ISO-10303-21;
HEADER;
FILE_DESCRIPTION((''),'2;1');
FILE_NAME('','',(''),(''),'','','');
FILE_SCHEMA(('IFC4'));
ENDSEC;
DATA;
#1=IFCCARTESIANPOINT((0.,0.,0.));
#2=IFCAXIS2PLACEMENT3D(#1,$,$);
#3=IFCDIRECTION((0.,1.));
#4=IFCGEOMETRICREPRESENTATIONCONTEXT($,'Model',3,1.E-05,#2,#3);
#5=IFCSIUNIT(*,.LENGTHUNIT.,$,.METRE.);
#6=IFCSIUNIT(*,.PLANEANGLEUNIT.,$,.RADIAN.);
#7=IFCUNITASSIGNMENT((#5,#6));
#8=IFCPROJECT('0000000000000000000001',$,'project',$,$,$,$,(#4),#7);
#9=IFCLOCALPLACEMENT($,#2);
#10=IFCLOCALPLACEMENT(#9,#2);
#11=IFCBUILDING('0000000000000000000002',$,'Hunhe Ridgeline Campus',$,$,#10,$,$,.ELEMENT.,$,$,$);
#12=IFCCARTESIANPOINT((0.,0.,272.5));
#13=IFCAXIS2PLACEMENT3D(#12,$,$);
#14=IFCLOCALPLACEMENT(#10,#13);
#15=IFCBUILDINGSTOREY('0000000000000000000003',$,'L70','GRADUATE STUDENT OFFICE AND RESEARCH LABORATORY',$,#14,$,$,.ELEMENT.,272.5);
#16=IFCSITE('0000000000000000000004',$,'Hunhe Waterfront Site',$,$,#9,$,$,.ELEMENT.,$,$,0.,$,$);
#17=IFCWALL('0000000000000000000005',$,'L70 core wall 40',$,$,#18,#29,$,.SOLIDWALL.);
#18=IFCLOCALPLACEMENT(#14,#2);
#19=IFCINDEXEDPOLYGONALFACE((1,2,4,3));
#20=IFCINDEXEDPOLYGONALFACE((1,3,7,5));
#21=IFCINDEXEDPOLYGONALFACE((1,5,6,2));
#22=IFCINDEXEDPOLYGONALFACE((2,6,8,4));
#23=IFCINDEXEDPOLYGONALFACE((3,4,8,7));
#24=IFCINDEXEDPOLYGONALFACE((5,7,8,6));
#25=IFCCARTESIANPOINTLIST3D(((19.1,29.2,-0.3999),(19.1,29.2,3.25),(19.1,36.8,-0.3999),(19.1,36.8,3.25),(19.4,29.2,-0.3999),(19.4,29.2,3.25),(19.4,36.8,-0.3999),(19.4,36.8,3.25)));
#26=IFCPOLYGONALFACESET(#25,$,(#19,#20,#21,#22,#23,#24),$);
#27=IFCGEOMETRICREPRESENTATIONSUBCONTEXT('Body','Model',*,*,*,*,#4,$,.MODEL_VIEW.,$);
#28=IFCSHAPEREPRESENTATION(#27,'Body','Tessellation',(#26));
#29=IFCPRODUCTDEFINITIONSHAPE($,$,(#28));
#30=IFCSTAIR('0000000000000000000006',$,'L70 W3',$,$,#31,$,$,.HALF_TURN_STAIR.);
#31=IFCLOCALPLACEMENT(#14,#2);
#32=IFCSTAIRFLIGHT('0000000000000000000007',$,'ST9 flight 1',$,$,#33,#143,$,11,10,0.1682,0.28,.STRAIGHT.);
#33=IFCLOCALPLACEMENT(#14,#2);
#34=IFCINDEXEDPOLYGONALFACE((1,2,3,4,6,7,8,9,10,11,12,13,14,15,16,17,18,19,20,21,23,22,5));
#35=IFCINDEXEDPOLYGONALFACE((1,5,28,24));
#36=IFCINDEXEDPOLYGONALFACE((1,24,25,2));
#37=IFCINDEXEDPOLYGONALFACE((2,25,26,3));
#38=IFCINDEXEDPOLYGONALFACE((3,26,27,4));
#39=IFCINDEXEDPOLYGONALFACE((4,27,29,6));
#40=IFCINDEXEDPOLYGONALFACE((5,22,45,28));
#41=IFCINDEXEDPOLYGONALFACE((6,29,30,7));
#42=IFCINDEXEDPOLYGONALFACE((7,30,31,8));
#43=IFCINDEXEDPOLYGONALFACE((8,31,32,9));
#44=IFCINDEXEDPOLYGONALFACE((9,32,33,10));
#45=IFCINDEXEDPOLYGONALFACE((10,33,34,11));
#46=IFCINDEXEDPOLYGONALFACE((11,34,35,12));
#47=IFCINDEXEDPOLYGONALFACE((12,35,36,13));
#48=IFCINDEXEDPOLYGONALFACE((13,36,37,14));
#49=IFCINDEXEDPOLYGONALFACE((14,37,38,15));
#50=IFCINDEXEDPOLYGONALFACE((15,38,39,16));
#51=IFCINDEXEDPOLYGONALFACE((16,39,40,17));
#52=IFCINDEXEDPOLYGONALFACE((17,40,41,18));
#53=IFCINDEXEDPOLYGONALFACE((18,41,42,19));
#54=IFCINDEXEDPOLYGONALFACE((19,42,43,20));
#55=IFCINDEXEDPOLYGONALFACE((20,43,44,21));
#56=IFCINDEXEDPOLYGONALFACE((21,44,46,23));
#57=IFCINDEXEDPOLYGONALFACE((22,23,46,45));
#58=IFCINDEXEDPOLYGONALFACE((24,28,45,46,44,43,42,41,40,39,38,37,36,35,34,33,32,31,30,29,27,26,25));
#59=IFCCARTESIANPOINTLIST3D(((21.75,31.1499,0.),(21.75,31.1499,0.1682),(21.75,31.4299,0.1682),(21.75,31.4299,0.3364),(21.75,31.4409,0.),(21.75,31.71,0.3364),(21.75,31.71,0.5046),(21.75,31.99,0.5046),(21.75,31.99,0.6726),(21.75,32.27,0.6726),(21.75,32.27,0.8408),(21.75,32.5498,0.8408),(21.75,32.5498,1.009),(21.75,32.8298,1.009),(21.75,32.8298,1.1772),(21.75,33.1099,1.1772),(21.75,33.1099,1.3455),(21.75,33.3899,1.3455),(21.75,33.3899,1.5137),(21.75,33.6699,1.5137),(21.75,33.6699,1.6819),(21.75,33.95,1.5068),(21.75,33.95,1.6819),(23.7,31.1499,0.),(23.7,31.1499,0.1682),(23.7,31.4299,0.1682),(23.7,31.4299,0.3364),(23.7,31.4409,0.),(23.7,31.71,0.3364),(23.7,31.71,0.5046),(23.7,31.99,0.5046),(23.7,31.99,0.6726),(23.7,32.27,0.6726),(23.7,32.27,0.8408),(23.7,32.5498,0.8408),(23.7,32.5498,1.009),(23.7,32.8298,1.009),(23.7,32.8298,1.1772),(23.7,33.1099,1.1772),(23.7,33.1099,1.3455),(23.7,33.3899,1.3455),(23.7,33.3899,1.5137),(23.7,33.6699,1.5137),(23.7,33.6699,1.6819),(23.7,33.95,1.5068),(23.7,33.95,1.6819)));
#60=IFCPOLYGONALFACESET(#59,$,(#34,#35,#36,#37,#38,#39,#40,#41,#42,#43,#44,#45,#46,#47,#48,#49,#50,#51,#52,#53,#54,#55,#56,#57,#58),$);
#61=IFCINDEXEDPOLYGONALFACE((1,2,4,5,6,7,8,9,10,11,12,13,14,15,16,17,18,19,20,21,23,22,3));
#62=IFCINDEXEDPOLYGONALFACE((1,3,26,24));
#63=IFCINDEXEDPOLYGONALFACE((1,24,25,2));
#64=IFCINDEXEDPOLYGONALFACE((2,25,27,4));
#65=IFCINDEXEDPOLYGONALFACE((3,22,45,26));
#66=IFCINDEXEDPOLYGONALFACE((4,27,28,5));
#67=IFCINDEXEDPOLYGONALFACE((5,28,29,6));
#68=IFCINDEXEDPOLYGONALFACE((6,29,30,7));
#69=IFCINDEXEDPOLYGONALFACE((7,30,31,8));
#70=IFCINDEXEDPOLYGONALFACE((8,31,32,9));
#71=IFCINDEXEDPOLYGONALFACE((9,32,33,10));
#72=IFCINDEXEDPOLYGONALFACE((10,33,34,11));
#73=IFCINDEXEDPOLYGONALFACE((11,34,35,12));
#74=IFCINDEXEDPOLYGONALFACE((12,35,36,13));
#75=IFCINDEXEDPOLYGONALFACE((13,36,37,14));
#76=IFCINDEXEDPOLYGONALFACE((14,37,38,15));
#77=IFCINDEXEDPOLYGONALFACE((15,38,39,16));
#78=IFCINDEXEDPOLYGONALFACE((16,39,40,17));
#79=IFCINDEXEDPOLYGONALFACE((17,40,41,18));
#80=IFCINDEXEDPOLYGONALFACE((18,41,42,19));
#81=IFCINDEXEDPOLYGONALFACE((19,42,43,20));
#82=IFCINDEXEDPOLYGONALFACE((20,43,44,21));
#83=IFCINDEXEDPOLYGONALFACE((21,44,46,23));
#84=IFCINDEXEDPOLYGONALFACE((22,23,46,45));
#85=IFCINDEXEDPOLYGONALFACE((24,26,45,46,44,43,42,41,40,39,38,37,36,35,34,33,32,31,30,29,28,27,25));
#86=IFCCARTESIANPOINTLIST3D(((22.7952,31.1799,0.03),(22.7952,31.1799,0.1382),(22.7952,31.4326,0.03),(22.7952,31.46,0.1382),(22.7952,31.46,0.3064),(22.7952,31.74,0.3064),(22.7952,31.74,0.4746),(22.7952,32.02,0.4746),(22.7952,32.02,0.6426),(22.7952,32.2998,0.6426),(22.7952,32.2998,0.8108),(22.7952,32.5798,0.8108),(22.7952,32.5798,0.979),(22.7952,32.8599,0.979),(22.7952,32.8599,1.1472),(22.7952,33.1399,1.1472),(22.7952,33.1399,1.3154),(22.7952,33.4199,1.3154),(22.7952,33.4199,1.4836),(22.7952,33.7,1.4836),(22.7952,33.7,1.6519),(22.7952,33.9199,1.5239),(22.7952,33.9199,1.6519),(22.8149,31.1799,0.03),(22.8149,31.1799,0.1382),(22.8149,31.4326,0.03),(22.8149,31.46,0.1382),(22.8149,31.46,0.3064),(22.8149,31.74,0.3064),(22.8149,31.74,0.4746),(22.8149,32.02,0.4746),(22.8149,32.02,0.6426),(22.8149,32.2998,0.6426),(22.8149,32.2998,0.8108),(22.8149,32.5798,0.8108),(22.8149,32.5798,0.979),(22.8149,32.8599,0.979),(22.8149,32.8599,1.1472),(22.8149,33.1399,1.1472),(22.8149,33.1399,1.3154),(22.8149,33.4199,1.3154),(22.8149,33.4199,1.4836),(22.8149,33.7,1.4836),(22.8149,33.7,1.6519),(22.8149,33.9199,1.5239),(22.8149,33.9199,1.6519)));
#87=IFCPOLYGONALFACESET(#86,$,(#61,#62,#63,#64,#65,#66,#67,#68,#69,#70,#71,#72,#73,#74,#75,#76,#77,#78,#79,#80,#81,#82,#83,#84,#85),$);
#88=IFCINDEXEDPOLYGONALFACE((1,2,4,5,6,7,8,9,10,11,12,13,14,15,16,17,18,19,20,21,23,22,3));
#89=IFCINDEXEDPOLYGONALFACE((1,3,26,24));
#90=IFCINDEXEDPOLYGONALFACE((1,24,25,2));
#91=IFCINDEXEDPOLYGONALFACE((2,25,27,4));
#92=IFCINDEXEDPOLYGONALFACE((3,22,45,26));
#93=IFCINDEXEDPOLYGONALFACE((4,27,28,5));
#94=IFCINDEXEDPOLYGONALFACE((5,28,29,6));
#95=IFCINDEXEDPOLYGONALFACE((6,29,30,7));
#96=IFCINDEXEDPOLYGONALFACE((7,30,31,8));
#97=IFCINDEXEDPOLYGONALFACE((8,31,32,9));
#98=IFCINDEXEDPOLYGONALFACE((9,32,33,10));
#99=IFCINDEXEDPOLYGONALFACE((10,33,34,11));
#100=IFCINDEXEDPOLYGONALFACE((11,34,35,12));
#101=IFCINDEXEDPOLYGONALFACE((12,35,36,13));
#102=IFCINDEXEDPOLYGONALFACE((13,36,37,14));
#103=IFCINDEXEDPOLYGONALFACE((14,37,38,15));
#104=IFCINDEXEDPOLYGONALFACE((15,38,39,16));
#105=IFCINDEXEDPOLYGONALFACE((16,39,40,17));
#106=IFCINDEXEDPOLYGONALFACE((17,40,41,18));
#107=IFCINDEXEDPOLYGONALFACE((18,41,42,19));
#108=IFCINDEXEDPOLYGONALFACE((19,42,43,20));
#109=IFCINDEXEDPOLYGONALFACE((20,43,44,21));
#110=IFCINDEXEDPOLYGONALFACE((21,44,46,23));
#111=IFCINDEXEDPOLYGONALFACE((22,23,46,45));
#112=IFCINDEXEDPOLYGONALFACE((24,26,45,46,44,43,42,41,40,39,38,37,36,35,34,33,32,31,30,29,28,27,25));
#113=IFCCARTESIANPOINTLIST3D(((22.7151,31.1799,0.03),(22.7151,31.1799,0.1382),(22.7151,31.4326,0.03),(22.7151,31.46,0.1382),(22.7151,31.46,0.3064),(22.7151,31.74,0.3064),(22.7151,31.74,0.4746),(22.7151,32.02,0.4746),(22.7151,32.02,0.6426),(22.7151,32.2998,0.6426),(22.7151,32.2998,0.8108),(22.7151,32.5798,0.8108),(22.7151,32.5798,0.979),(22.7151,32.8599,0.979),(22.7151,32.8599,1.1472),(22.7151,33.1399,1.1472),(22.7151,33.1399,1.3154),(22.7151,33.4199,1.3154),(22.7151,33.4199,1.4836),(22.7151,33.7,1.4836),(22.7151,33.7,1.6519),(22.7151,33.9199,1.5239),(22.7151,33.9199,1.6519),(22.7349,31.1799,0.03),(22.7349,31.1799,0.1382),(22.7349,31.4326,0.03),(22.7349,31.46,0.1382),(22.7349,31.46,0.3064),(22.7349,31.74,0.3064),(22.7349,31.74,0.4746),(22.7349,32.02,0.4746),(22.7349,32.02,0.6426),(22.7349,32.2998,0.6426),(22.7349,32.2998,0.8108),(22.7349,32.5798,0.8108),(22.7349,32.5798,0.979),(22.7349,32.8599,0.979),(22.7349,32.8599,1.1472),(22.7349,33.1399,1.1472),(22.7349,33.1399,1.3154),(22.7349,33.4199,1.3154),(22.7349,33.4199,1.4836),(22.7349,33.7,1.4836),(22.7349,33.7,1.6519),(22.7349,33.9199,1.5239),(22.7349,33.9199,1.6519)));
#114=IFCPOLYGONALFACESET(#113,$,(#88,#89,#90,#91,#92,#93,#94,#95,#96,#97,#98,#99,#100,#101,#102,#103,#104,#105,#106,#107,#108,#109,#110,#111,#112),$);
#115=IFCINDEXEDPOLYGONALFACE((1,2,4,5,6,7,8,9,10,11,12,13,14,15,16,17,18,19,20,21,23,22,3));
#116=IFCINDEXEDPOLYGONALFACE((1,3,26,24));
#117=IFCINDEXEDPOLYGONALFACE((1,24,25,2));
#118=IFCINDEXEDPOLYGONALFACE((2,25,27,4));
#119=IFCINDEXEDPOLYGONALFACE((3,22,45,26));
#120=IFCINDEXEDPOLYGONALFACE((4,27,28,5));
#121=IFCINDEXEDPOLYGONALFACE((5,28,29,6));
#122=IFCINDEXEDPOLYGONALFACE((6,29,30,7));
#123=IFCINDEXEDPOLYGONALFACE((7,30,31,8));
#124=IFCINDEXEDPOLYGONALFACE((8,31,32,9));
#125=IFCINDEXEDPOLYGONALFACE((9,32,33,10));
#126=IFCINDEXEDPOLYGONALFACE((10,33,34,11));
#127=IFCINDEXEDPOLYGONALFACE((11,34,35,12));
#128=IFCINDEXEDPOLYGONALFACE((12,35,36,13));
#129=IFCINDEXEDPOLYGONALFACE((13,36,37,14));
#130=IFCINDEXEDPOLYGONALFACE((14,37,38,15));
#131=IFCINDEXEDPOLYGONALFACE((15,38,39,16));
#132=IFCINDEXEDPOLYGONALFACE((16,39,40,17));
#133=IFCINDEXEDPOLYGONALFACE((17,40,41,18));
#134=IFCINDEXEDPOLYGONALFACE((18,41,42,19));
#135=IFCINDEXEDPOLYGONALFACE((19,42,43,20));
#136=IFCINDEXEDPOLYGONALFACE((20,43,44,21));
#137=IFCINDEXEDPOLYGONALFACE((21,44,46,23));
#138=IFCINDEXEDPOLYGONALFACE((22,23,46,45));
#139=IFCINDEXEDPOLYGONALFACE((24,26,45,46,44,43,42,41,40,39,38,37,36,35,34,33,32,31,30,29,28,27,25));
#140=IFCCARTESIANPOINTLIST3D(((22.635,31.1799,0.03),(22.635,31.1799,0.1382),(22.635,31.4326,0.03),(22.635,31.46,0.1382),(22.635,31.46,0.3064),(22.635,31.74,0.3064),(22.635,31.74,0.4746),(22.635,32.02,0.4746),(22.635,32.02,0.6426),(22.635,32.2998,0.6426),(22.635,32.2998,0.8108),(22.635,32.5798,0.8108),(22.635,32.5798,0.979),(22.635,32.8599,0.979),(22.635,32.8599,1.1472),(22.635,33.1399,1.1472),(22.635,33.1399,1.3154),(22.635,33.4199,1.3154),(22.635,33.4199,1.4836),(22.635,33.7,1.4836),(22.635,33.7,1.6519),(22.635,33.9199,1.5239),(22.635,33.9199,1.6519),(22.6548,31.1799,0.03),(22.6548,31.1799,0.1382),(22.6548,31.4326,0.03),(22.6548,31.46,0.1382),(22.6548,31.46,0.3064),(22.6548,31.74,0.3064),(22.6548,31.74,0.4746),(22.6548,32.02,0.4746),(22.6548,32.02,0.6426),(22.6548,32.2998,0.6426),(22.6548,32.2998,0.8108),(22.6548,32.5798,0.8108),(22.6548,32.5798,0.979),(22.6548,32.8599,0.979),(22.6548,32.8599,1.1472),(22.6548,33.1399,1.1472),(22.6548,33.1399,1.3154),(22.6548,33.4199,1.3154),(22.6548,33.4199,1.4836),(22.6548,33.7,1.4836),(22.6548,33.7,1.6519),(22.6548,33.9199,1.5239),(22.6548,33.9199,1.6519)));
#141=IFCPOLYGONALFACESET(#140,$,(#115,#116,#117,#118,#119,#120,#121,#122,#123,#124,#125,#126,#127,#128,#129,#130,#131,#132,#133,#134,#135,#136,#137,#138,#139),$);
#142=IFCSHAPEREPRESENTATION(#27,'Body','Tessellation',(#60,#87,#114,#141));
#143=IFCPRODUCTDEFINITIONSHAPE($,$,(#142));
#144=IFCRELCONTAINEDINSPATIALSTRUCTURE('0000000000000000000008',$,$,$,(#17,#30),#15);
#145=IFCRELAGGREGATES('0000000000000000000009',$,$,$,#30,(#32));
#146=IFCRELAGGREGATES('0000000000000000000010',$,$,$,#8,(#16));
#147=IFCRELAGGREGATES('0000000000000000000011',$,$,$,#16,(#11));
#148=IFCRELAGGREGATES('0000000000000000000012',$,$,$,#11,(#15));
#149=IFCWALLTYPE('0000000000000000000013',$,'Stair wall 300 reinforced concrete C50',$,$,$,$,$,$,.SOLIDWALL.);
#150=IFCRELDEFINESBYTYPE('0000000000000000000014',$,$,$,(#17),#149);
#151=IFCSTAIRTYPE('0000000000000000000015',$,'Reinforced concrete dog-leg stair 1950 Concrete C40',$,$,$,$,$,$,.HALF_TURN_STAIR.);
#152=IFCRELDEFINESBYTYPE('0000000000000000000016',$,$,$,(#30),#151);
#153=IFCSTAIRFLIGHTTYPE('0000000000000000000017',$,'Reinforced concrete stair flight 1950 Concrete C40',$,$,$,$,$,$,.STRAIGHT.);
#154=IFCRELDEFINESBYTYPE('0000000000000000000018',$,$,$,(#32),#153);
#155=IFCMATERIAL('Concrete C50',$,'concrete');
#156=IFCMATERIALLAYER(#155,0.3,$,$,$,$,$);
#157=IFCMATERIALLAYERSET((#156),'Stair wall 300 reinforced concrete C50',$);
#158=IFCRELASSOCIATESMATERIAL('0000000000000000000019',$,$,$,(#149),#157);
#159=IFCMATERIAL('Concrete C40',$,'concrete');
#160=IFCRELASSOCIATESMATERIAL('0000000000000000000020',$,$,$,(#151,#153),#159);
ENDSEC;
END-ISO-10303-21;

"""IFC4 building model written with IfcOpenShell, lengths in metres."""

from ifc_helpers import new_model, si_unit, direction, frame, frame_2d, origin, place, context, subcontext, project, spatial, polyline, rectangle, outline, extrude, material, layer, layer_set, type_object, element, aggregate, save


model = new_model("IFC4")

# Units and contexts
model_context = context("Model", 3, precision=1e-05, world=origin(), true_north=direction((0.0, 1.0)))
body_context = subcontext(model_context, "Body", "Model", "MODEL_VIEW")
ifc_project = project(units=[si_unit("LENGTHUNIT", "METRE"), si_unit("PLANEANGLEUNIT", "RADIAN")], contexts=[model_context])

# Site, building, storey
site_placement = place(None, origin())
site = spatial("IfcSite", under=ifc_project, at=site_placement, Name="Hunhe Waterfront Site", CompositionType="ELEMENT", RefElevation=0.0)
building_placement = place(site_placement, origin())
building = spatial("IfcBuilding", under=site, at=building_placement, Name="Hunhe Ridgeline Campus", CompositionType="ELEMENT")
storey_placement = place(building_placement, frame((0.0, 0.0, 272.5)))
storey = spatial("IfcBuildingStorey", under=building, at=storey_placement, Name="L70", Description="GRADUATE STUDENT OFFICE AND RESEARCH LABORATORY", CompositionType="ELEMENT", Elevation=272.5)

# Shared definitions
ifc_material_1 = material(Name="Concrete C50", Category="concrete")

# Wall
ifc_layer_1 = layer(ifc_material_1, 0.3)
ifc_layer_set_1 = layer_set([ifc_layer_1], Name="Stair wall 300 reinforced concrete C50")
wall_type_1 = type_object("IfcWallType", Name="Stair wall 300 reinforced concrete C50", PredefinedType="SOLIDWALL", material=ifc_layer_set_1)
wall_1_placement = place(storey_placement, frame((19.25, 29.2, -0.3999), z_axis=(0.0, 0.0, 1.0), x_axis=(0.0, 1.0, 0.0)))
element("IfcWall", 1, at=wall_1_placement, inside=storey, type_object=wall_type_1, Name="L70 core wall 40", PredefinedType="SOLIDWALL", context=body_context, shape_type="SweptSolid", body=[
    extrude(rectangle(XDim=7.6001, YDim=0.3, at=frame_2d((3.8, 0.0))), origin(), (0.0, 0.0, 1.0), 3.6499),
])

# Stair, stair flight
ifc_material_2 = material(Name="Concrete C40", Category="concrete")
stair_type = type_object("IfcStairType", Name="Reinforced concrete dog-leg stair 1950 Concrete C40", PredefinedType="HALF_TURN_STAIR", material=ifc_material_2)
stair_placement = place(storey_placement, origin())
stair = element("IfcStair", 2, at=stair_placement, inside=storey, type_object=stair_type, Name="L70 W3", PredefinedType="HALF_TURN_STAIR")
stair_flight_type = type_object("IfcStairFlightType", Name="Reinforced concrete stair flight 1950 Concrete C40", PredefinedType="STRAIGHT", material=ifc_material_2)
stair_flight_placement = place(storey_placement, frame((22.7251, 31.1499, 0.0), z_axis=(0.0, 0.0, 1.0), x_axis=(0.0, 1.0, 0.0)))
stair_flight = element("IfcStairFlight", 3, at=stair_flight_placement, type_object=stair_flight_type, Name="ST9 flight 1", NumberOfRisers=11, NumberOfTreads=10, PredefinedType="STRAIGHT", RiserHeight=0.1682, TreadLength=0.28, context=body_context, shape_type="SweptSolid", body=[
    extrude(outline(polyline([(0.0, 0.0), (0.0, 0.1682), (0.28, 0.1682), (0.28, 0.3364), (0.5601, 0.3364), (0.5601, 0.5046), (0.8401, 0.5046), (0.8401, 0.6726), (1.1201, 0.6726), (1.1201, 0.8408), (1.3999, 0.8408), (1.3999, 1.009), (1.6799, 1.009), (1.6799, 1.1772), (1.96, 1.1772), (1.96, 1.3455), (2.24, 1.3455), (2.24, 1.5137), (2.52, 1.5137), (2.52, 1.6819), (2.8, 1.6819), (2.8, 1.8501), (2.8, 1.5068), (0.291, 0.0), (0.0, 0.0)])), frame((0.0, 0.9751, 0.0), z_axis=(0.0, -1.0, 0.0), x_axis=(1.0, 0.0, 0.0)), (0.0, 0.0, 1.0), 1.95),
    extrude(outline(polyline([(0.03, 0.03), (0.03, 0.1382), (0.3101, 0.1382), (0.3101, 0.3064), (0.5901, 0.3064), (0.5901, 0.4746), (0.8701, 0.4746), (0.8701, 0.6426), (1.1499, 0.6426), (1.1499, 0.8108), (1.4299, 0.8108), (1.4299, 0.979), (1.71, 0.979), (1.71, 1.1472), (1.99, 1.1472), (1.99, 1.3154), (2.27, 1.3154), (2.27, 1.4836), (2.55, 1.4836), (2.55, 1.6519), (2.77, 1.6519), (2.77, 1.5239), (0.2827, 0.03), (0.03, 0.03)])), frame((0.0, -0.0701, 0.0), z_axis=(0.0, -1.0, 0.0), x_axis=(1.0, 0.0, 0.0)), (0.0, 0.0, 1.0), 0.0198),
    extrude(outline(polyline([(0.03, 0.03), (0.03, 0.1382), (0.3101, 0.1382), (0.3101, 0.3064), (0.5901, 0.3064), (0.5901, 0.4746), (0.8701, 0.4746), (0.8701, 0.6426), (1.1499, 0.6426), (1.1499, 0.8108), (1.4299, 0.8108), (1.4299, 0.979), (1.71, 0.979), (1.71, 1.1472), (1.99, 1.1472), (1.99, 1.3154), (2.27, 1.3154), (2.27, 1.4836), (2.55, 1.4836), (2.55, 1.6519), (2.77, 1.6519), (2.77, 1.5239), (0.2827, 0.03), (0.03, 0.03)])), frame((0.0, 0.01, 0.0), z_axis=(0.0, -1.0, 0.0), x_axis=(1.0, 0.0, 0.0)), (0.0, 0.0, 1.0), 0.0198),
    extrude(outline(polyline([(0.03, 0.03), (0.03, 0.1382), (0.3101, 0.1382), (0.3101, 0.3064), (0.5901, 0.3064), (0.5901, 0.4746), (0.8701, 0.4746), (0.8701, 0.6426), (1.1499, 0.6426), (1.1499, 0.8108), (1.4299, 0.8108), (1.4299, 0.979), (1.71, 0.979), (1.71, 1.1472), (1.99, 1.1472), (1.99, 1.3154), (2.27, 1.3154), (2.27, 1.4836), (2.55, 1.4836), (2.55, 1.6519), (2.77, 1.6519), (2.77, 1.5239), (0.2827, 0.03), (0.03, 0.03)])), frame((0.0, 0.0901, 0.0), z_axis=(0.0, -1.0, 0.0), x_axis=(1.0, 0.0, 0.0)), (0.0, 0.0, 1.0), 0.0198),
])
aggregate(stair, [stair_flight])

save(model, "model.ifc")
